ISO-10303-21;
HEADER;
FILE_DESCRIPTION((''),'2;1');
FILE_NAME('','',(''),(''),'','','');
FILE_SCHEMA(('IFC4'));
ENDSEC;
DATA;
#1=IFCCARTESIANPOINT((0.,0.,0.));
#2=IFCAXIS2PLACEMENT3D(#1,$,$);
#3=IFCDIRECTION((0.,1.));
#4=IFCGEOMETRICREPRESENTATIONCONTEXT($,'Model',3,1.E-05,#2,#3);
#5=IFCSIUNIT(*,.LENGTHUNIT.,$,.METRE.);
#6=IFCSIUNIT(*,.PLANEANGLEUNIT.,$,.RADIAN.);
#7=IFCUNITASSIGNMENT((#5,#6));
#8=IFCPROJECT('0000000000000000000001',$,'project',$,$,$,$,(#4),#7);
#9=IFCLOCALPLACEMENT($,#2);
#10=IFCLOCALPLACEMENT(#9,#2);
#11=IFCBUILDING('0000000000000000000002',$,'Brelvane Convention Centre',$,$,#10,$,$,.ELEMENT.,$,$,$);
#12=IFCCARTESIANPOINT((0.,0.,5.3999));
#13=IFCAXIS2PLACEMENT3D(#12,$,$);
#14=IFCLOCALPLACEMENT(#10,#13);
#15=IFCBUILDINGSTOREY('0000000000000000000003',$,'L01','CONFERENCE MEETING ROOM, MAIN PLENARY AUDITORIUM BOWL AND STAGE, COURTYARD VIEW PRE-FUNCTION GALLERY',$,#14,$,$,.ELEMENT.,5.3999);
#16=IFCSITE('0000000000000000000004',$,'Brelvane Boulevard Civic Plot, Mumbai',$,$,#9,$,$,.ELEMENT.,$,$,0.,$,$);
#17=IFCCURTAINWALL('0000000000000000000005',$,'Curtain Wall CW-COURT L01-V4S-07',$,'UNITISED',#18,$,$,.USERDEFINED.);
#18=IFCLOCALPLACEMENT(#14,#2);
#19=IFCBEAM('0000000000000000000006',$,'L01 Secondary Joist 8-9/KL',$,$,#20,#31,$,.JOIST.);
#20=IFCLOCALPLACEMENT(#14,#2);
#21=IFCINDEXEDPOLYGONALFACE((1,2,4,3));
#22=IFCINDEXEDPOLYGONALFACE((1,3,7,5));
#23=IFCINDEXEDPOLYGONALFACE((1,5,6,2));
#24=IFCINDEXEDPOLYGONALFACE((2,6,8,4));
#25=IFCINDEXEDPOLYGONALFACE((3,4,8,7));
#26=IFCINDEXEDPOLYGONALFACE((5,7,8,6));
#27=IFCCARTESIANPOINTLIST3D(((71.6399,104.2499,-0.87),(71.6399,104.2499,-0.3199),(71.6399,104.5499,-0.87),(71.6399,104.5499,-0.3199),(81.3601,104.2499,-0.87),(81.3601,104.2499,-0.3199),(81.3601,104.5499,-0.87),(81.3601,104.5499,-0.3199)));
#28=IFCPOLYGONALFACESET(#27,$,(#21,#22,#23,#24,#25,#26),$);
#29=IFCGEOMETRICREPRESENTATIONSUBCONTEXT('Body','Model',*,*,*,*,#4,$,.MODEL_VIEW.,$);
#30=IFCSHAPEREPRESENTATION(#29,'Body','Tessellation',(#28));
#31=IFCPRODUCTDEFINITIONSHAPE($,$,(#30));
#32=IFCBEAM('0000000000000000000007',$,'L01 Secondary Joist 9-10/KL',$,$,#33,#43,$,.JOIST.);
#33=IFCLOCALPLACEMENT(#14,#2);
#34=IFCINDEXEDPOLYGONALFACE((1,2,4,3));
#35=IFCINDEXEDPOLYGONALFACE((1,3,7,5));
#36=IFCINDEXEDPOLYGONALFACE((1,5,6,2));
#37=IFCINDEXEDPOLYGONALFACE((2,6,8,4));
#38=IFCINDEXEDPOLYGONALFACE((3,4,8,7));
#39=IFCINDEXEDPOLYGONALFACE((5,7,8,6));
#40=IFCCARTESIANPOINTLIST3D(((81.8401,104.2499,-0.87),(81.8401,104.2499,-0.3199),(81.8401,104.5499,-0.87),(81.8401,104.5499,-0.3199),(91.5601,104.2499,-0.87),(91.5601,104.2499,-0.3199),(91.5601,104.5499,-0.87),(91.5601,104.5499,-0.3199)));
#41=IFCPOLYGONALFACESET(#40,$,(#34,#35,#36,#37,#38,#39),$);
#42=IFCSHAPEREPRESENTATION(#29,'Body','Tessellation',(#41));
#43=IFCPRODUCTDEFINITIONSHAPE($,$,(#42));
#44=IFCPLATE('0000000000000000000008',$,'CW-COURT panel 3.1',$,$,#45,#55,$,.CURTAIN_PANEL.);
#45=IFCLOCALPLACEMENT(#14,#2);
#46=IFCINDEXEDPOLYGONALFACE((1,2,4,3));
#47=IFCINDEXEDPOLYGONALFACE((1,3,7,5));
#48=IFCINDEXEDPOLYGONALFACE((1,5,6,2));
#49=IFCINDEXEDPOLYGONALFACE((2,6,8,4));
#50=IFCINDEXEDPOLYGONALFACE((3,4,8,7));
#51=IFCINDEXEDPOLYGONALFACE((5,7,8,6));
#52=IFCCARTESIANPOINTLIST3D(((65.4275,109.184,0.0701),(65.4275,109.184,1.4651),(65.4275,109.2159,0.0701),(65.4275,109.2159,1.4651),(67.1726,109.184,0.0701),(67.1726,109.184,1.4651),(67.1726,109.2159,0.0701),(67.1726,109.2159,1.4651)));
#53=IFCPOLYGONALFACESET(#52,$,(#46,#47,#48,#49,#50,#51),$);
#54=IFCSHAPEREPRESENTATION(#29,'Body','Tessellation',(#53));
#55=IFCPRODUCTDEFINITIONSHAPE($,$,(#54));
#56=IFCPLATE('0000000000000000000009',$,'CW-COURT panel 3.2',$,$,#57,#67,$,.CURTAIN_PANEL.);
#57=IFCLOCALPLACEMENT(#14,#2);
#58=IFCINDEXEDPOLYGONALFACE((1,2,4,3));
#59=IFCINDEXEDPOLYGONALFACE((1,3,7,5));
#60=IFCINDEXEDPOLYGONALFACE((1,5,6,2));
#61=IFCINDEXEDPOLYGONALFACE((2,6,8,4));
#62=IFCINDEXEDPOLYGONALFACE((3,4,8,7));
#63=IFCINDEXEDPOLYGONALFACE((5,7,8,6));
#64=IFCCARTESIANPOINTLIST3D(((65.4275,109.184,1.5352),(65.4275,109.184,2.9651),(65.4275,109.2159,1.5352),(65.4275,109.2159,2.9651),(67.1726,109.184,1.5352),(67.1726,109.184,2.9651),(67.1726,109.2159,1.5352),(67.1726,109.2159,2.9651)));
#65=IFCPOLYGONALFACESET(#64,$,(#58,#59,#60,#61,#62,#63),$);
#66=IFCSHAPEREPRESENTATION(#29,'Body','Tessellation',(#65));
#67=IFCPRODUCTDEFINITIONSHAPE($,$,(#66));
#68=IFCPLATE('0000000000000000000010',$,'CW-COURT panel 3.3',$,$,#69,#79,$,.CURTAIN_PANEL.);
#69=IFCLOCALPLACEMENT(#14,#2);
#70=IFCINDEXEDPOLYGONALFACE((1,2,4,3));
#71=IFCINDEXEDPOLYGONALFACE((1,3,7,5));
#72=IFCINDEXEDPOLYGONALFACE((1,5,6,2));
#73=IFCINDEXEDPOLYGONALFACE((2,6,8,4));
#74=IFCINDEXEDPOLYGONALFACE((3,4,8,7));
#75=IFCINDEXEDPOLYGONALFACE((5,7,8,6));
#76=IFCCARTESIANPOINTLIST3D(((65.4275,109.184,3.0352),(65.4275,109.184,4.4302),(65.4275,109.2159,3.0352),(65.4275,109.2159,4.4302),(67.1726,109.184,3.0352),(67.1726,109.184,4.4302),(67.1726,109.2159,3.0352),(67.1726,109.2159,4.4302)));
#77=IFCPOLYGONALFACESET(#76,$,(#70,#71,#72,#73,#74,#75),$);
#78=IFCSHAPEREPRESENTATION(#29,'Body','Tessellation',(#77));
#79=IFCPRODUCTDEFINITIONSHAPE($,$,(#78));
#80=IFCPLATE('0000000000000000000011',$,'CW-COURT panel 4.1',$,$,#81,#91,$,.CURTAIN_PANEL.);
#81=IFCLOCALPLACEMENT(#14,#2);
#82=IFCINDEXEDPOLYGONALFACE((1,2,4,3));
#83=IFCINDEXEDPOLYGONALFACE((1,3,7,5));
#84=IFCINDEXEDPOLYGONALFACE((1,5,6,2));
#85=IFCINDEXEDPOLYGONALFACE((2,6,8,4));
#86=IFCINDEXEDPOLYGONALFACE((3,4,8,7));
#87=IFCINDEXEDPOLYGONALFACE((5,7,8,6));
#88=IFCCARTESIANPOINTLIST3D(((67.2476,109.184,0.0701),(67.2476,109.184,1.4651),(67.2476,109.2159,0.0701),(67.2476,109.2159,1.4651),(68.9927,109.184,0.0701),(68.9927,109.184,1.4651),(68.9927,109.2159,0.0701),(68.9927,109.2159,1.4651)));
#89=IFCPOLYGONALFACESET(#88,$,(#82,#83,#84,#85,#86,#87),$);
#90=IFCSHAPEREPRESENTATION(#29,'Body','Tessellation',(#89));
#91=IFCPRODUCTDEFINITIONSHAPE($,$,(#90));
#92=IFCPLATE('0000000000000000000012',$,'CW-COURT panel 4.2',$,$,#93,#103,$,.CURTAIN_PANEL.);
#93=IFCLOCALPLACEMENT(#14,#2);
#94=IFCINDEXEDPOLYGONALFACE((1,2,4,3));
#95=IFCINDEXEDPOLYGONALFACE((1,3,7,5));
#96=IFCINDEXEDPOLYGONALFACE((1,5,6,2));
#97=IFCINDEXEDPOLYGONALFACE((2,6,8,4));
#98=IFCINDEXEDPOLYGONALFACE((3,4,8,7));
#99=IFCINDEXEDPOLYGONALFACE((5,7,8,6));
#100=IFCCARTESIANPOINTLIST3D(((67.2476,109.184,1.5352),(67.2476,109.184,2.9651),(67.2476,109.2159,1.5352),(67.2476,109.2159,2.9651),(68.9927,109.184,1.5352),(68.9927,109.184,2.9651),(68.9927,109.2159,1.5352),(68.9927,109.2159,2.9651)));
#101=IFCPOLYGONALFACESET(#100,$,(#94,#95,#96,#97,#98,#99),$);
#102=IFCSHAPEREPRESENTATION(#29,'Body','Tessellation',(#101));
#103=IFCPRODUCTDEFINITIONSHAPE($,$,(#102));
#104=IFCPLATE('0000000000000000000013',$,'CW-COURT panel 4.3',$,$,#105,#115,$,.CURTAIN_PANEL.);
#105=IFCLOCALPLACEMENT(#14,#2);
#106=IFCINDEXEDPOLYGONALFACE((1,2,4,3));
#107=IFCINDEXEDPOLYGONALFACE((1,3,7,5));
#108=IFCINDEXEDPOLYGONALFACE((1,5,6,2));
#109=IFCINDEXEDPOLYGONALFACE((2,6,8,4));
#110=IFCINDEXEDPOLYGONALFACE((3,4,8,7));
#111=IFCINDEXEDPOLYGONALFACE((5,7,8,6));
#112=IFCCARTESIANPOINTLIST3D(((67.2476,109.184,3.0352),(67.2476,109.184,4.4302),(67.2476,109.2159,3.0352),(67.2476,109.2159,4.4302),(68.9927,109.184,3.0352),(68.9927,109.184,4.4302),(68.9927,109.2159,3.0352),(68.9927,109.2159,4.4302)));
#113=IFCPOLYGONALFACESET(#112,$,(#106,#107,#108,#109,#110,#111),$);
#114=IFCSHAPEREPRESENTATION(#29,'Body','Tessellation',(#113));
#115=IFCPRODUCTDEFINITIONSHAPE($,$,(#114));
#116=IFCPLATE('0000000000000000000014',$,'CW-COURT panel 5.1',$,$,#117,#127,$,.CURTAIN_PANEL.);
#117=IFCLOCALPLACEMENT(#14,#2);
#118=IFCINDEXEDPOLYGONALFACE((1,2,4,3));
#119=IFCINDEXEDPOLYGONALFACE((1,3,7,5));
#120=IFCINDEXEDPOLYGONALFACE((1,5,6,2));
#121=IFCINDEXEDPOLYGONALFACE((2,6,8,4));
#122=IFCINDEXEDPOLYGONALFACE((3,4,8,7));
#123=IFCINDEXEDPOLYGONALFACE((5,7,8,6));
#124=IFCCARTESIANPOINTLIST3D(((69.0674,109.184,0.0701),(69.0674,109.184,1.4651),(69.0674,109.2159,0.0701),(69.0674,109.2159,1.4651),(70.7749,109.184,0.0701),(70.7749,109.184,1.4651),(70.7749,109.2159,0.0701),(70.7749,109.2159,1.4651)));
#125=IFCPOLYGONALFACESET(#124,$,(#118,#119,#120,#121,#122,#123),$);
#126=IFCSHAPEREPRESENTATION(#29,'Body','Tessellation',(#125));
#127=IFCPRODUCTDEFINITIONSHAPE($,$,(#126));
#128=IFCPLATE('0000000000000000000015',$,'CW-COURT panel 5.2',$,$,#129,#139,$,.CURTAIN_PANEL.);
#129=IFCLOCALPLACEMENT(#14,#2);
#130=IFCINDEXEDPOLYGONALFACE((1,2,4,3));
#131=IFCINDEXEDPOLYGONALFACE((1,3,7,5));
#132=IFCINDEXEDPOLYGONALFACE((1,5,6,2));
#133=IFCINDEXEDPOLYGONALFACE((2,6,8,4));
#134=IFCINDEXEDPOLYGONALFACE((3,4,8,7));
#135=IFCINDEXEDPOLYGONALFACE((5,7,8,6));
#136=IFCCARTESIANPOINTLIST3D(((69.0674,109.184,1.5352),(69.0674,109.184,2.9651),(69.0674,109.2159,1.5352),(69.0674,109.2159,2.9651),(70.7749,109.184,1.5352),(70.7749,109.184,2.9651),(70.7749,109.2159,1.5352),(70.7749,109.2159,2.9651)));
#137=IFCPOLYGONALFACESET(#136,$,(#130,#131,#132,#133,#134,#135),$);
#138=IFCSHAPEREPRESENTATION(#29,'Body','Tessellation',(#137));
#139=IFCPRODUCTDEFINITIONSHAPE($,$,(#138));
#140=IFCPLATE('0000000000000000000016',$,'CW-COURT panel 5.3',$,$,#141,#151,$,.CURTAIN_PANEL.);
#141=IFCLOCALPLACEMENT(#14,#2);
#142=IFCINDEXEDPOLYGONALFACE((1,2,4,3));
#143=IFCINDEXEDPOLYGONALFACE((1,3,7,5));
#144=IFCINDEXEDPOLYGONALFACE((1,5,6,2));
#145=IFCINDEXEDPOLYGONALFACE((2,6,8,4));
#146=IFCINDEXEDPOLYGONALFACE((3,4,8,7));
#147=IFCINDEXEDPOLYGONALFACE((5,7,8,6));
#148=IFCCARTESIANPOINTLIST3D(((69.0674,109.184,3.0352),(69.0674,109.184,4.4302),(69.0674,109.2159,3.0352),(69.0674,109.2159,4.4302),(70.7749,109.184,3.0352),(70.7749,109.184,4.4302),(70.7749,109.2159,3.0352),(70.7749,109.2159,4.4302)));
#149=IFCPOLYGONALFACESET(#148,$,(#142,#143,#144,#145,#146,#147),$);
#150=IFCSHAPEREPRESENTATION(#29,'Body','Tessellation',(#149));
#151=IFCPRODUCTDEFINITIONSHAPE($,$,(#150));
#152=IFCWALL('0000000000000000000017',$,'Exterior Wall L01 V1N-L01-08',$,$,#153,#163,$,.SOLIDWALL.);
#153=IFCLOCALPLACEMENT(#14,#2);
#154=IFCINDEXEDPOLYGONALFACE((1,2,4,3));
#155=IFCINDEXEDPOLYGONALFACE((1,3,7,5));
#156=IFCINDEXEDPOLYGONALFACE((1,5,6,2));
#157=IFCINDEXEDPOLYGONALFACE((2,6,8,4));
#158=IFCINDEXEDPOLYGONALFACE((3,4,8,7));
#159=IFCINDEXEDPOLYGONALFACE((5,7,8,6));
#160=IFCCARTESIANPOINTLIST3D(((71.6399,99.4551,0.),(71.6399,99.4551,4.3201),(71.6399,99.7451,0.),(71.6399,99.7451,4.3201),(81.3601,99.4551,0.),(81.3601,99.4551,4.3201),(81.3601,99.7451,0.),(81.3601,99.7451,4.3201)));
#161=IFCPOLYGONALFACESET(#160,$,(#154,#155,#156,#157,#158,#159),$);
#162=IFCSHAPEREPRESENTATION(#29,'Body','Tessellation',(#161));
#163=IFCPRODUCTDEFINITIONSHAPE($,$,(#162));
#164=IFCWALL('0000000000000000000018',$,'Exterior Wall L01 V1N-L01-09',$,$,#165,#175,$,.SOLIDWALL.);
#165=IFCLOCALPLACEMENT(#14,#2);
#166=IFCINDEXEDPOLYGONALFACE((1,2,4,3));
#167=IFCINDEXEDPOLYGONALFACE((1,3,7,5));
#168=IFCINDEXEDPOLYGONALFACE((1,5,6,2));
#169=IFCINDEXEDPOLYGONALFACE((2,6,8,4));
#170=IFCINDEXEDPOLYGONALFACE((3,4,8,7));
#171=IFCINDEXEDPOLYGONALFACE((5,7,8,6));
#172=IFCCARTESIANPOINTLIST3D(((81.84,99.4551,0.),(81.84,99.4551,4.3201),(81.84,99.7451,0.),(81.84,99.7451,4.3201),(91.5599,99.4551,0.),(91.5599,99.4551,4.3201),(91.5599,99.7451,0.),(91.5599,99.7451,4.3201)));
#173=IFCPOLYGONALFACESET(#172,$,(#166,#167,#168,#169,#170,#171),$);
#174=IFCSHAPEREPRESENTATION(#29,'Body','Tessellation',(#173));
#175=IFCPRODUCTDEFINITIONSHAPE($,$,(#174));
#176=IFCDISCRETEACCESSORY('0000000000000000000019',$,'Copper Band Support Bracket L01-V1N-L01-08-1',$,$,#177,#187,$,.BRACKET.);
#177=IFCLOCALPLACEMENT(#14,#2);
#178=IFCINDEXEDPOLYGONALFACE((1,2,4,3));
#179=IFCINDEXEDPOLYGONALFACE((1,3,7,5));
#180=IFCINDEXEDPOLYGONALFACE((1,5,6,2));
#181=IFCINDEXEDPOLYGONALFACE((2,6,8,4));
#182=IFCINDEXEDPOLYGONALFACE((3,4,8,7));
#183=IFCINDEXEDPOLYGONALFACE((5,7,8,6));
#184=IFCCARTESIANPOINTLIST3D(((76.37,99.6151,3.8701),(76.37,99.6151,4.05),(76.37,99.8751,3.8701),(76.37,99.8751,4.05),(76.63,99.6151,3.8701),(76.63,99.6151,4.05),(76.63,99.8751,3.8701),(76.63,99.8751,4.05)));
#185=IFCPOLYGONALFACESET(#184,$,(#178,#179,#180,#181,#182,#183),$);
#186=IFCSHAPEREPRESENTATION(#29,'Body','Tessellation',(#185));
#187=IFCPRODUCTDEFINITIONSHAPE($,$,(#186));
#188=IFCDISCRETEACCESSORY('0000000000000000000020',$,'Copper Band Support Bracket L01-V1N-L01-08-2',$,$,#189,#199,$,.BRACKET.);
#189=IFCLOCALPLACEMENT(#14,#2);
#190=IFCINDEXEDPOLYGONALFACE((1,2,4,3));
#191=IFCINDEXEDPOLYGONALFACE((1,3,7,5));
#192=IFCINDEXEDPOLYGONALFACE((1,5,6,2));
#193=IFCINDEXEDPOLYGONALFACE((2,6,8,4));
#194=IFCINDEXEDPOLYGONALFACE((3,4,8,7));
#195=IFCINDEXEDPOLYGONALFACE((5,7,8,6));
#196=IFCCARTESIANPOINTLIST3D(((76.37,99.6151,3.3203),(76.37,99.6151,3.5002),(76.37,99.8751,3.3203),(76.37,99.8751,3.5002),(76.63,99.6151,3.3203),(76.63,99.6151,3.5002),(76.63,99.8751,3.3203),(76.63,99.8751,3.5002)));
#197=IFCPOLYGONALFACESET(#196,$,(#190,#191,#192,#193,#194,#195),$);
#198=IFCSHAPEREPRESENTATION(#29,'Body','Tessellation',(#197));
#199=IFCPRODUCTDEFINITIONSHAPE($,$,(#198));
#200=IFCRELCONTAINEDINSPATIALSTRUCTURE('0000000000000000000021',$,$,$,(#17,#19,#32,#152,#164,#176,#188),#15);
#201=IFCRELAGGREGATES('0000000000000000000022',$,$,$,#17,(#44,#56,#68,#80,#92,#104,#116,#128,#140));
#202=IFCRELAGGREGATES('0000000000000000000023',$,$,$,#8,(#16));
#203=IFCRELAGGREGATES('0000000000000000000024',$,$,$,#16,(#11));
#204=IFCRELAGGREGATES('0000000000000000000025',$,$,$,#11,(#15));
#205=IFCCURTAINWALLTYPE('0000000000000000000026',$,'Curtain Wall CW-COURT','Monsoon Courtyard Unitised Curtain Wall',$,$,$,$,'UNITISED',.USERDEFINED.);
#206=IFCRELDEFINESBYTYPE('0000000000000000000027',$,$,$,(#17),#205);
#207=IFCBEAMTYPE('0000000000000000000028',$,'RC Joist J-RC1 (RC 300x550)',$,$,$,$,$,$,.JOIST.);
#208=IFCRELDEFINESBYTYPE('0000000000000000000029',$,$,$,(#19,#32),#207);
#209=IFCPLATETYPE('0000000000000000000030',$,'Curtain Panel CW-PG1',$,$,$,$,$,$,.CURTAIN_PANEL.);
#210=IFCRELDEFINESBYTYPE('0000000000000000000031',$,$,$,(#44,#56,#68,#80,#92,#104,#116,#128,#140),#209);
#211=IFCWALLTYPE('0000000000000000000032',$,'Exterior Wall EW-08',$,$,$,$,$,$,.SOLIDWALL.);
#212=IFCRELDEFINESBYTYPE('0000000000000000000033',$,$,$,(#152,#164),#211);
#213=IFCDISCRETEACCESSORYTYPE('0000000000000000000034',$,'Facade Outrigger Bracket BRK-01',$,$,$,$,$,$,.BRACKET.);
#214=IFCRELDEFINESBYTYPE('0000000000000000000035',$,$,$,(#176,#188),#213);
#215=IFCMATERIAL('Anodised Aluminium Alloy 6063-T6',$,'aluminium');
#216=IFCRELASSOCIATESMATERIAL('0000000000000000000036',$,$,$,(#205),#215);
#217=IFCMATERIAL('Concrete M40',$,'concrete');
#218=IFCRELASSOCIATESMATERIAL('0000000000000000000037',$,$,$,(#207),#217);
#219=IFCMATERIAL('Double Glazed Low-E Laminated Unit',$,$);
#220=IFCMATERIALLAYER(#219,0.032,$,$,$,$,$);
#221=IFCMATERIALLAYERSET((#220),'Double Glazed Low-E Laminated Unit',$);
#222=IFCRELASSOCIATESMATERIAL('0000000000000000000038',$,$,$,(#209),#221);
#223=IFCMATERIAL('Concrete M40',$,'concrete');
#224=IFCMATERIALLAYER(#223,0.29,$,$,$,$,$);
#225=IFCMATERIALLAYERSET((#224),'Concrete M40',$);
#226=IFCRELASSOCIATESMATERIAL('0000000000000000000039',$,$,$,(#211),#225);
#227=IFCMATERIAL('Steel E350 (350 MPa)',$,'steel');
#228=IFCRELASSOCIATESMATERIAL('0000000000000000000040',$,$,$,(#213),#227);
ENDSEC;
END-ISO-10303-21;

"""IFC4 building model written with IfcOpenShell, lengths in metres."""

from ifc_helpers import new_model, si_unit, direction, frame, frame_2d, origin, origin_2d, place, context, subcontext, project, spatial, rectangle, extrude, material, layer, layer_set, material_profile, profile_set, type_object, element, aggregate, save


model = new_model("IFC4")

# Units and contexts
model_context = context("Model", 3, precision=1e-05, world=origin(), true_north=direction((0.0, 1.0)))
body_context = subcontext(model_context, "Body", "Model", "MODEL_VIEW")
ifc_project = project(units=[si_unit("LENGTHUNIT", "METRE"), si_unit("PLANEANGLEUNIT", "RADIAN")], contexts=[model_context])

# Site, building, storey
site_placement = place(None, origin())
site = spatial("IfcSite", under=ifc_project, at=site_placement, Name="Brelvane Boulevard Civic Plot, Mumbai", CompositionType="ELEMENT", RefElevation=0.0)
building_placement = place(site_placement, origin())
building = spatial("IfcBuilding", under=site, at=building_placement, Name="Brelvane Convention Centre", CompositionType="ELEMENT")
storey_placement = place(building_placement, frame((0.0, 0.0, 5.3999)))
storey = spatial("IfcBuildingStorey", under=building, at=storey_placement, Name="L01", Description="CONFERENCE MEETING ROOM, MAIN PLENARY AUDITORIUM BOWL AND STAGE, COURTYARD VIEW PRE-FUNCTION GALLERY", CompositionType="ELEMENT", Elevation=5.3999)

# Curtain wall
ifc_material_1 = material(Name="Anodised Aluminium Alloy 6063-T6", Category="aluminium")
curtain_wall_type = type_object("IfcCurtainWallType", Name="Curtain Wall CW-COURT", Description="Monsoon Courtyard Unitised Curtain Wall", ElementType="UNITISED", PredefinedType="USERDEFINED", material=ifc_material_1)
curtain_wall_placement = place(storey_placement, origin())
curtain_wall = element("IfcCurtainWall", 1, at=curtain_wall_placement, inside=storey, type_object=curtain_wall_type, Name="Curtain Wall CW-COURT L01-V4S-07", ObjectType="UNITISED", PredefinedType="USERDEFINED")

# Beams
ifc_material_2 = material(Name="Concrete M40", Category="concrete")
ifc_material_profile_1 = material_profile(ifc_material_2, rectangle(XDim=0.3, YDim=0.55, at=origin_2d()), Name="RC 300x550")
ifc_profile_set_1 = profile_set([ifc_material_profile_1], Name="Concrete M40")
beam_type_1 = type_object("IfcBeamType", Name="RC Joist J-RC1 (RC 300x550)", PredefinedType="JOIST", material=ifc_profile_set_1)
beam_1_placement = place(storey_placement, frame((71.6399, 104.3999, -0.595), z_axis=(1.0, 0.0, 0.0), x_axis=(0.0, 1.0, 0.0)))
element("IfcBeam", 2, at=beam_1_placement, inside=storey, type_object=beam_type_1, Name="L01 Secondary Joist 8-9/KL", PredefinedType="JOIST", context=body_context, shape_type="SweptSolid", body=[
    extrude(rectangle(XDim=0.3, YDim=0.55, at=origin_2d()), origin(), (0.0, 0.0, 1.0), 9.7202),
])
beam_2_placement = place(storey_placement, frame((81.8401, 104.3999, -0.595), z_axis=(1.0, 0.0, 0.0), x_axis=(0.0, 1.0, 0.0)))
element("IfcBeam", 3, at=beam_2_placement, inside=storey, type_object=beam_type_1, Name="L01 Secondary Joist 9-10/KL", PredefinedType="JOIST", context=body_context, shape_type="SweptSolid", body=[
    extrude(rectangle(XDim=0.3, YDim=0.55, at=origin_2d()), origin(), (0.0, 0.0, 1.0), 9.72),
])

# Plates
ifc_material_3 = material(Name="Double Glazed Low-E Laminated Unit")
ifc_layer_1 = layer(ifc_material_3, 0.032)
ifc_layer_set_1 = layer_set([ifc_layer_1], Name="Double Glazed Low-E Laminated Unit")
plate_type = type_object("IfcPlateType", Name="Curtain Panel CW-PG1", PredefinedType="CURTAIN_PANEL", material=ifc_layer_set_1)
plate_1_placement = place(storey_placement, frame((66.3, 109.2, 0.0701), z_axis=(0.0, 0.0, 1.0), x_axis=(1.0, 0.0, 0.0)))
plate_1 = element("IfcPlate", 4, at=plate_1_placement, type_object=plate_type, Name="CW-COURT panel 3.1", PredefinedType="CURTAIN_PANEL", context=body_context, shape_type="SweptSolid", body=[
    extrude(rectangle(XDim=1.7451, YDim=0.032, at=origin_2d()), origin(), (0.0, 0.0, 1.0), 1.395),
])
plate_2_placement = place(storey_placement, frame((66.3, 109.2, 1.5352), z_axis=(0.0, 0.0, 1.0), x_axis=(1.0, 0.0, 0.0)))
plate_2 = element("IfcPlate", 5, at=plate_2_placement, type_object=plate_type, Name="CW-COURT panel 3.2", PredefinedType="CURTAIN_PANEL", context=body_context, shape_type="SweptSolid", body=[
    extrude(rectangle(XDim=1.7451, YDim=0.032, at=origin_2d()), origin(), (0.0, 0.0, 1.0), 1.4299),
])
plate_3_placement = place(storey_placement, frame((66.3, 109.2, 3.0352), z_axis=(0.0, 0.0, 1.0), x_axis=(1.0, 0.0, 0.0)))
plate_3 = element("IfcPlate", 6, at=plate_3_placement, type_object=plate_type, Name="CW-COURT panel 3.3", PredefinedType="CURTAIN_PANEL", context=body_context, shape_type="SweptSolid", body=[
    extrude(rectangle(XDim=1.7451, YDim=0.032, at=origin_2d()), origin(), (0.0, 0.0, 1.0), 1.395),
])
plate_4_placement = place(storey_placement, frame((68.1201, 109.2, 0.0701), z_axis=(0.0, 0.0, 1.0), x_axis=(1.0, 0.0, 0.0)))
plate_4 = element("IfcPlate", 7, at=plate_4_placement, type_object=plate_type, Name="CW-COURT panel 4.1", PredefinedType="CURTAIN_PANEL", context=body_context, shape_type="SweptSolid", body=[
    extrude(rectangle(XDim=1.7451, YDim=0.032, at=origin_2d()), origin(), (0.0, 0.0, 1.0), 1.395),
])
plate_5_placement = place(storey_placement, frame((68.1201, 109.2, 1.5352), z_axis=(0.0, 0.0, 1.0), x_axis=(1.0, 0.0, 0.0)))
plate_5 = element("IfcPlate", 8, at=plate_5_placement, type_object=plate_type, Name="CW-COURT panel 4.2", PredefinedType="CURTAIN_PANEL", context=body_context, shape_type="SweptSolid", body=[
    extrude(rectangle(XDim=1.7451, YDim=0.032, at=origin_2d()), origin(), (0.0, 0.0, 1.0), 1.4299),
])
plate_6_placement = place(storey_placement, frame((68.1201, 109.2, 3.0352), z_axis=(0.0, 0.0, 1.0), x_axis=(1.0, 0.0, 0.0)))
plate_6 = element("IfcPlate", 9, at=plate_6_placement, type_object=plate_type, Name="CW-COURT panel 4.3", PredefinedType="CURTAIN_PANEL", context=body_context, shape_type="SweptSolid", body=[
    extrude(rectangle(XDim=1.7451, YDim=0.032, at=origin_2d()), origin(), (0.0, 0.0, 1.0), 1.395),
])
plate_7_placement = place(storey_placement, frame((69.9211, 109.2, 0.0701), z_axis=(0.0, 0.0, 1.0), x_axis=(1.0, 0.0, 0.0)))
plate_7 = element("IfcPlate", 10, at=plate_7_placement, type_object=plate_type, Name="CW-COURT panel 5.1", PredefinedType="CURTAIN_PANEL", context=body_context, shape_type="SweptSolid", body=[
    extrude(rectangle(XDim=1.7075, YDim=0.032, at=origin_2d()), origin(), (0.0, 0.0, 1.0), 1.395),
])
plate_8_placement = place(storey_placement, frame((69.9211, 109.2, 1.5352), z_axis=(0.0, 0.0, 1.0), x_axis=(1.0, 0.0, 0.0)))
plate_8 = element("IfcPlate", 11, at=plate_8_placement, type_object=plate_type, Name="CW-COURT panel 5.2", PredefinedType="CURTAIN_PANEL", context=body_context, shape_type="SweptSolid", body=[
    extrude(rectangle(XDim=1.7075, YDim=0.032, at=origin_2d()), origin(), (0.0, 0.0, 1.0), 1.4299),
])
plate_9_placement = place(storey_placement, frame((69.9211, 109.2, 3.0352), z_axis=(0.0, 0.0, 1.0), x_axis=(1.0, 0.0, 0.0)))
plate_9 = element("IfcPlate", 12, at=plate_9_placement, type_object=plate_type, Name="CW-COURT panel 5.3", PredefinedType="CURTAIN_PANEL", context=body_context, shape_type="SweptSolid", body=[
    extrude(rectangle(XDim=1.7075, YDim=0.032, at=origin_2d()), origin(), (0.0, 0.0, 1.0), 1.395),
])
aggregate(curtain_wall, [plate_1, plate_2, plate_3, plate_4, plate_5, plate_6, plate_7, plate_8, plate_9])

# Walls
ifc_material_4 = material(Name="Concrete M40", Category="concrete")
ifc_layer_2 = layer(ifc_material_4, 0.29)
ifc_layer_set_2 = layer_set([ifc_layer_2], Name="Concrete M40")
wall_type = type_object("IfcWallType", Name="Exterior Wall EW-08", PredefinedType="SOLIDWALL", material=ifc_layer_set_2)
wall_1_placement = place(storey_placement, frame((71.6399, 99.6001, 0.0), z_axis=(0.0, 0.0, 1.0), x_axis=(1.0, 0.0, 0.0)))
element("IfcWall", 13, at=wall_1_placement, inside=storey, type_object=wall_type, Name="Exterior Wall L01 V1N-L01-08", PredefinedType="SOLIDWALL", context=body_context, shape_type="SweptSolid", body=[
    extrude(rectangle(XDim=9.7202, YDim=0.29, at=frame_2d((4.8601, 0.0))), origin(), (0.0, 0.0, 1.0), 4.3201),
])
wall_2_placement = place(storey_placement, frame((81.8401, 99.6001, 0.0), z_axis=(0.0, 0.0, 1.0), x_axis=(1.0, 0.0, 0.0)))
element("IfcWall", 14, at=wall_2_placement, inside=storey, type_object=wall_type, Name="Exterior Wall L01 V1N-L01-09", PredefinedType="SOLIDWALL", context=body_context, shape_type="SweptSolid", body=[
    extrude(rectangle(XDim=9.72, YDim=0.29, at=frame_2d((4.8599, 0.0))), origin(), (0.0, 0.0, 1.0), 4.3201),
])

# Discrete accessories
ifc_material_5 = material(Name="Steel E350 (350 MPa)", Category="steel")
discrete_accessory_type_1 = type_object("IfcDiscreteAccessoryType", Name="Facade Outrigger Bracket BRK-01", PredefinedType="BRACKET", material=ifc_material_5)
for number, where, z_axis, x_axis, name in (
    (15, (76.5, 99.7451, 3.8701), (0.0, 0.0, 1.0), (1.0, 0.0, 0.0), "Copper Band Support Bracket L01-V1N-L01-08-1"),
    (16, (76.5, 99.7451, 3.3203), (0.0, 0.0, 1.0), (1.0, 0.0, 0.0), "Copper Band Support Bracket L01-V1N-L01-08-2"),
):
    element("IfcDiscreteAccessory", number, at=place(storey_placement, frame(where, z_axis=z_axis, x_axis=x_axis)), inside=storey, type_object=discrete_accessory_type_1, Name=name, PredefinedType="BRACKET", context=body_context, shape_type="SweptSolid", body=[
        extrude(rectangle(XDim=0.26, YDim=0.26, at=origin_2d()), origin(), (0.0, 0.0, 1.0), 0.1799),
    ])

save(model, "model.ifc")
